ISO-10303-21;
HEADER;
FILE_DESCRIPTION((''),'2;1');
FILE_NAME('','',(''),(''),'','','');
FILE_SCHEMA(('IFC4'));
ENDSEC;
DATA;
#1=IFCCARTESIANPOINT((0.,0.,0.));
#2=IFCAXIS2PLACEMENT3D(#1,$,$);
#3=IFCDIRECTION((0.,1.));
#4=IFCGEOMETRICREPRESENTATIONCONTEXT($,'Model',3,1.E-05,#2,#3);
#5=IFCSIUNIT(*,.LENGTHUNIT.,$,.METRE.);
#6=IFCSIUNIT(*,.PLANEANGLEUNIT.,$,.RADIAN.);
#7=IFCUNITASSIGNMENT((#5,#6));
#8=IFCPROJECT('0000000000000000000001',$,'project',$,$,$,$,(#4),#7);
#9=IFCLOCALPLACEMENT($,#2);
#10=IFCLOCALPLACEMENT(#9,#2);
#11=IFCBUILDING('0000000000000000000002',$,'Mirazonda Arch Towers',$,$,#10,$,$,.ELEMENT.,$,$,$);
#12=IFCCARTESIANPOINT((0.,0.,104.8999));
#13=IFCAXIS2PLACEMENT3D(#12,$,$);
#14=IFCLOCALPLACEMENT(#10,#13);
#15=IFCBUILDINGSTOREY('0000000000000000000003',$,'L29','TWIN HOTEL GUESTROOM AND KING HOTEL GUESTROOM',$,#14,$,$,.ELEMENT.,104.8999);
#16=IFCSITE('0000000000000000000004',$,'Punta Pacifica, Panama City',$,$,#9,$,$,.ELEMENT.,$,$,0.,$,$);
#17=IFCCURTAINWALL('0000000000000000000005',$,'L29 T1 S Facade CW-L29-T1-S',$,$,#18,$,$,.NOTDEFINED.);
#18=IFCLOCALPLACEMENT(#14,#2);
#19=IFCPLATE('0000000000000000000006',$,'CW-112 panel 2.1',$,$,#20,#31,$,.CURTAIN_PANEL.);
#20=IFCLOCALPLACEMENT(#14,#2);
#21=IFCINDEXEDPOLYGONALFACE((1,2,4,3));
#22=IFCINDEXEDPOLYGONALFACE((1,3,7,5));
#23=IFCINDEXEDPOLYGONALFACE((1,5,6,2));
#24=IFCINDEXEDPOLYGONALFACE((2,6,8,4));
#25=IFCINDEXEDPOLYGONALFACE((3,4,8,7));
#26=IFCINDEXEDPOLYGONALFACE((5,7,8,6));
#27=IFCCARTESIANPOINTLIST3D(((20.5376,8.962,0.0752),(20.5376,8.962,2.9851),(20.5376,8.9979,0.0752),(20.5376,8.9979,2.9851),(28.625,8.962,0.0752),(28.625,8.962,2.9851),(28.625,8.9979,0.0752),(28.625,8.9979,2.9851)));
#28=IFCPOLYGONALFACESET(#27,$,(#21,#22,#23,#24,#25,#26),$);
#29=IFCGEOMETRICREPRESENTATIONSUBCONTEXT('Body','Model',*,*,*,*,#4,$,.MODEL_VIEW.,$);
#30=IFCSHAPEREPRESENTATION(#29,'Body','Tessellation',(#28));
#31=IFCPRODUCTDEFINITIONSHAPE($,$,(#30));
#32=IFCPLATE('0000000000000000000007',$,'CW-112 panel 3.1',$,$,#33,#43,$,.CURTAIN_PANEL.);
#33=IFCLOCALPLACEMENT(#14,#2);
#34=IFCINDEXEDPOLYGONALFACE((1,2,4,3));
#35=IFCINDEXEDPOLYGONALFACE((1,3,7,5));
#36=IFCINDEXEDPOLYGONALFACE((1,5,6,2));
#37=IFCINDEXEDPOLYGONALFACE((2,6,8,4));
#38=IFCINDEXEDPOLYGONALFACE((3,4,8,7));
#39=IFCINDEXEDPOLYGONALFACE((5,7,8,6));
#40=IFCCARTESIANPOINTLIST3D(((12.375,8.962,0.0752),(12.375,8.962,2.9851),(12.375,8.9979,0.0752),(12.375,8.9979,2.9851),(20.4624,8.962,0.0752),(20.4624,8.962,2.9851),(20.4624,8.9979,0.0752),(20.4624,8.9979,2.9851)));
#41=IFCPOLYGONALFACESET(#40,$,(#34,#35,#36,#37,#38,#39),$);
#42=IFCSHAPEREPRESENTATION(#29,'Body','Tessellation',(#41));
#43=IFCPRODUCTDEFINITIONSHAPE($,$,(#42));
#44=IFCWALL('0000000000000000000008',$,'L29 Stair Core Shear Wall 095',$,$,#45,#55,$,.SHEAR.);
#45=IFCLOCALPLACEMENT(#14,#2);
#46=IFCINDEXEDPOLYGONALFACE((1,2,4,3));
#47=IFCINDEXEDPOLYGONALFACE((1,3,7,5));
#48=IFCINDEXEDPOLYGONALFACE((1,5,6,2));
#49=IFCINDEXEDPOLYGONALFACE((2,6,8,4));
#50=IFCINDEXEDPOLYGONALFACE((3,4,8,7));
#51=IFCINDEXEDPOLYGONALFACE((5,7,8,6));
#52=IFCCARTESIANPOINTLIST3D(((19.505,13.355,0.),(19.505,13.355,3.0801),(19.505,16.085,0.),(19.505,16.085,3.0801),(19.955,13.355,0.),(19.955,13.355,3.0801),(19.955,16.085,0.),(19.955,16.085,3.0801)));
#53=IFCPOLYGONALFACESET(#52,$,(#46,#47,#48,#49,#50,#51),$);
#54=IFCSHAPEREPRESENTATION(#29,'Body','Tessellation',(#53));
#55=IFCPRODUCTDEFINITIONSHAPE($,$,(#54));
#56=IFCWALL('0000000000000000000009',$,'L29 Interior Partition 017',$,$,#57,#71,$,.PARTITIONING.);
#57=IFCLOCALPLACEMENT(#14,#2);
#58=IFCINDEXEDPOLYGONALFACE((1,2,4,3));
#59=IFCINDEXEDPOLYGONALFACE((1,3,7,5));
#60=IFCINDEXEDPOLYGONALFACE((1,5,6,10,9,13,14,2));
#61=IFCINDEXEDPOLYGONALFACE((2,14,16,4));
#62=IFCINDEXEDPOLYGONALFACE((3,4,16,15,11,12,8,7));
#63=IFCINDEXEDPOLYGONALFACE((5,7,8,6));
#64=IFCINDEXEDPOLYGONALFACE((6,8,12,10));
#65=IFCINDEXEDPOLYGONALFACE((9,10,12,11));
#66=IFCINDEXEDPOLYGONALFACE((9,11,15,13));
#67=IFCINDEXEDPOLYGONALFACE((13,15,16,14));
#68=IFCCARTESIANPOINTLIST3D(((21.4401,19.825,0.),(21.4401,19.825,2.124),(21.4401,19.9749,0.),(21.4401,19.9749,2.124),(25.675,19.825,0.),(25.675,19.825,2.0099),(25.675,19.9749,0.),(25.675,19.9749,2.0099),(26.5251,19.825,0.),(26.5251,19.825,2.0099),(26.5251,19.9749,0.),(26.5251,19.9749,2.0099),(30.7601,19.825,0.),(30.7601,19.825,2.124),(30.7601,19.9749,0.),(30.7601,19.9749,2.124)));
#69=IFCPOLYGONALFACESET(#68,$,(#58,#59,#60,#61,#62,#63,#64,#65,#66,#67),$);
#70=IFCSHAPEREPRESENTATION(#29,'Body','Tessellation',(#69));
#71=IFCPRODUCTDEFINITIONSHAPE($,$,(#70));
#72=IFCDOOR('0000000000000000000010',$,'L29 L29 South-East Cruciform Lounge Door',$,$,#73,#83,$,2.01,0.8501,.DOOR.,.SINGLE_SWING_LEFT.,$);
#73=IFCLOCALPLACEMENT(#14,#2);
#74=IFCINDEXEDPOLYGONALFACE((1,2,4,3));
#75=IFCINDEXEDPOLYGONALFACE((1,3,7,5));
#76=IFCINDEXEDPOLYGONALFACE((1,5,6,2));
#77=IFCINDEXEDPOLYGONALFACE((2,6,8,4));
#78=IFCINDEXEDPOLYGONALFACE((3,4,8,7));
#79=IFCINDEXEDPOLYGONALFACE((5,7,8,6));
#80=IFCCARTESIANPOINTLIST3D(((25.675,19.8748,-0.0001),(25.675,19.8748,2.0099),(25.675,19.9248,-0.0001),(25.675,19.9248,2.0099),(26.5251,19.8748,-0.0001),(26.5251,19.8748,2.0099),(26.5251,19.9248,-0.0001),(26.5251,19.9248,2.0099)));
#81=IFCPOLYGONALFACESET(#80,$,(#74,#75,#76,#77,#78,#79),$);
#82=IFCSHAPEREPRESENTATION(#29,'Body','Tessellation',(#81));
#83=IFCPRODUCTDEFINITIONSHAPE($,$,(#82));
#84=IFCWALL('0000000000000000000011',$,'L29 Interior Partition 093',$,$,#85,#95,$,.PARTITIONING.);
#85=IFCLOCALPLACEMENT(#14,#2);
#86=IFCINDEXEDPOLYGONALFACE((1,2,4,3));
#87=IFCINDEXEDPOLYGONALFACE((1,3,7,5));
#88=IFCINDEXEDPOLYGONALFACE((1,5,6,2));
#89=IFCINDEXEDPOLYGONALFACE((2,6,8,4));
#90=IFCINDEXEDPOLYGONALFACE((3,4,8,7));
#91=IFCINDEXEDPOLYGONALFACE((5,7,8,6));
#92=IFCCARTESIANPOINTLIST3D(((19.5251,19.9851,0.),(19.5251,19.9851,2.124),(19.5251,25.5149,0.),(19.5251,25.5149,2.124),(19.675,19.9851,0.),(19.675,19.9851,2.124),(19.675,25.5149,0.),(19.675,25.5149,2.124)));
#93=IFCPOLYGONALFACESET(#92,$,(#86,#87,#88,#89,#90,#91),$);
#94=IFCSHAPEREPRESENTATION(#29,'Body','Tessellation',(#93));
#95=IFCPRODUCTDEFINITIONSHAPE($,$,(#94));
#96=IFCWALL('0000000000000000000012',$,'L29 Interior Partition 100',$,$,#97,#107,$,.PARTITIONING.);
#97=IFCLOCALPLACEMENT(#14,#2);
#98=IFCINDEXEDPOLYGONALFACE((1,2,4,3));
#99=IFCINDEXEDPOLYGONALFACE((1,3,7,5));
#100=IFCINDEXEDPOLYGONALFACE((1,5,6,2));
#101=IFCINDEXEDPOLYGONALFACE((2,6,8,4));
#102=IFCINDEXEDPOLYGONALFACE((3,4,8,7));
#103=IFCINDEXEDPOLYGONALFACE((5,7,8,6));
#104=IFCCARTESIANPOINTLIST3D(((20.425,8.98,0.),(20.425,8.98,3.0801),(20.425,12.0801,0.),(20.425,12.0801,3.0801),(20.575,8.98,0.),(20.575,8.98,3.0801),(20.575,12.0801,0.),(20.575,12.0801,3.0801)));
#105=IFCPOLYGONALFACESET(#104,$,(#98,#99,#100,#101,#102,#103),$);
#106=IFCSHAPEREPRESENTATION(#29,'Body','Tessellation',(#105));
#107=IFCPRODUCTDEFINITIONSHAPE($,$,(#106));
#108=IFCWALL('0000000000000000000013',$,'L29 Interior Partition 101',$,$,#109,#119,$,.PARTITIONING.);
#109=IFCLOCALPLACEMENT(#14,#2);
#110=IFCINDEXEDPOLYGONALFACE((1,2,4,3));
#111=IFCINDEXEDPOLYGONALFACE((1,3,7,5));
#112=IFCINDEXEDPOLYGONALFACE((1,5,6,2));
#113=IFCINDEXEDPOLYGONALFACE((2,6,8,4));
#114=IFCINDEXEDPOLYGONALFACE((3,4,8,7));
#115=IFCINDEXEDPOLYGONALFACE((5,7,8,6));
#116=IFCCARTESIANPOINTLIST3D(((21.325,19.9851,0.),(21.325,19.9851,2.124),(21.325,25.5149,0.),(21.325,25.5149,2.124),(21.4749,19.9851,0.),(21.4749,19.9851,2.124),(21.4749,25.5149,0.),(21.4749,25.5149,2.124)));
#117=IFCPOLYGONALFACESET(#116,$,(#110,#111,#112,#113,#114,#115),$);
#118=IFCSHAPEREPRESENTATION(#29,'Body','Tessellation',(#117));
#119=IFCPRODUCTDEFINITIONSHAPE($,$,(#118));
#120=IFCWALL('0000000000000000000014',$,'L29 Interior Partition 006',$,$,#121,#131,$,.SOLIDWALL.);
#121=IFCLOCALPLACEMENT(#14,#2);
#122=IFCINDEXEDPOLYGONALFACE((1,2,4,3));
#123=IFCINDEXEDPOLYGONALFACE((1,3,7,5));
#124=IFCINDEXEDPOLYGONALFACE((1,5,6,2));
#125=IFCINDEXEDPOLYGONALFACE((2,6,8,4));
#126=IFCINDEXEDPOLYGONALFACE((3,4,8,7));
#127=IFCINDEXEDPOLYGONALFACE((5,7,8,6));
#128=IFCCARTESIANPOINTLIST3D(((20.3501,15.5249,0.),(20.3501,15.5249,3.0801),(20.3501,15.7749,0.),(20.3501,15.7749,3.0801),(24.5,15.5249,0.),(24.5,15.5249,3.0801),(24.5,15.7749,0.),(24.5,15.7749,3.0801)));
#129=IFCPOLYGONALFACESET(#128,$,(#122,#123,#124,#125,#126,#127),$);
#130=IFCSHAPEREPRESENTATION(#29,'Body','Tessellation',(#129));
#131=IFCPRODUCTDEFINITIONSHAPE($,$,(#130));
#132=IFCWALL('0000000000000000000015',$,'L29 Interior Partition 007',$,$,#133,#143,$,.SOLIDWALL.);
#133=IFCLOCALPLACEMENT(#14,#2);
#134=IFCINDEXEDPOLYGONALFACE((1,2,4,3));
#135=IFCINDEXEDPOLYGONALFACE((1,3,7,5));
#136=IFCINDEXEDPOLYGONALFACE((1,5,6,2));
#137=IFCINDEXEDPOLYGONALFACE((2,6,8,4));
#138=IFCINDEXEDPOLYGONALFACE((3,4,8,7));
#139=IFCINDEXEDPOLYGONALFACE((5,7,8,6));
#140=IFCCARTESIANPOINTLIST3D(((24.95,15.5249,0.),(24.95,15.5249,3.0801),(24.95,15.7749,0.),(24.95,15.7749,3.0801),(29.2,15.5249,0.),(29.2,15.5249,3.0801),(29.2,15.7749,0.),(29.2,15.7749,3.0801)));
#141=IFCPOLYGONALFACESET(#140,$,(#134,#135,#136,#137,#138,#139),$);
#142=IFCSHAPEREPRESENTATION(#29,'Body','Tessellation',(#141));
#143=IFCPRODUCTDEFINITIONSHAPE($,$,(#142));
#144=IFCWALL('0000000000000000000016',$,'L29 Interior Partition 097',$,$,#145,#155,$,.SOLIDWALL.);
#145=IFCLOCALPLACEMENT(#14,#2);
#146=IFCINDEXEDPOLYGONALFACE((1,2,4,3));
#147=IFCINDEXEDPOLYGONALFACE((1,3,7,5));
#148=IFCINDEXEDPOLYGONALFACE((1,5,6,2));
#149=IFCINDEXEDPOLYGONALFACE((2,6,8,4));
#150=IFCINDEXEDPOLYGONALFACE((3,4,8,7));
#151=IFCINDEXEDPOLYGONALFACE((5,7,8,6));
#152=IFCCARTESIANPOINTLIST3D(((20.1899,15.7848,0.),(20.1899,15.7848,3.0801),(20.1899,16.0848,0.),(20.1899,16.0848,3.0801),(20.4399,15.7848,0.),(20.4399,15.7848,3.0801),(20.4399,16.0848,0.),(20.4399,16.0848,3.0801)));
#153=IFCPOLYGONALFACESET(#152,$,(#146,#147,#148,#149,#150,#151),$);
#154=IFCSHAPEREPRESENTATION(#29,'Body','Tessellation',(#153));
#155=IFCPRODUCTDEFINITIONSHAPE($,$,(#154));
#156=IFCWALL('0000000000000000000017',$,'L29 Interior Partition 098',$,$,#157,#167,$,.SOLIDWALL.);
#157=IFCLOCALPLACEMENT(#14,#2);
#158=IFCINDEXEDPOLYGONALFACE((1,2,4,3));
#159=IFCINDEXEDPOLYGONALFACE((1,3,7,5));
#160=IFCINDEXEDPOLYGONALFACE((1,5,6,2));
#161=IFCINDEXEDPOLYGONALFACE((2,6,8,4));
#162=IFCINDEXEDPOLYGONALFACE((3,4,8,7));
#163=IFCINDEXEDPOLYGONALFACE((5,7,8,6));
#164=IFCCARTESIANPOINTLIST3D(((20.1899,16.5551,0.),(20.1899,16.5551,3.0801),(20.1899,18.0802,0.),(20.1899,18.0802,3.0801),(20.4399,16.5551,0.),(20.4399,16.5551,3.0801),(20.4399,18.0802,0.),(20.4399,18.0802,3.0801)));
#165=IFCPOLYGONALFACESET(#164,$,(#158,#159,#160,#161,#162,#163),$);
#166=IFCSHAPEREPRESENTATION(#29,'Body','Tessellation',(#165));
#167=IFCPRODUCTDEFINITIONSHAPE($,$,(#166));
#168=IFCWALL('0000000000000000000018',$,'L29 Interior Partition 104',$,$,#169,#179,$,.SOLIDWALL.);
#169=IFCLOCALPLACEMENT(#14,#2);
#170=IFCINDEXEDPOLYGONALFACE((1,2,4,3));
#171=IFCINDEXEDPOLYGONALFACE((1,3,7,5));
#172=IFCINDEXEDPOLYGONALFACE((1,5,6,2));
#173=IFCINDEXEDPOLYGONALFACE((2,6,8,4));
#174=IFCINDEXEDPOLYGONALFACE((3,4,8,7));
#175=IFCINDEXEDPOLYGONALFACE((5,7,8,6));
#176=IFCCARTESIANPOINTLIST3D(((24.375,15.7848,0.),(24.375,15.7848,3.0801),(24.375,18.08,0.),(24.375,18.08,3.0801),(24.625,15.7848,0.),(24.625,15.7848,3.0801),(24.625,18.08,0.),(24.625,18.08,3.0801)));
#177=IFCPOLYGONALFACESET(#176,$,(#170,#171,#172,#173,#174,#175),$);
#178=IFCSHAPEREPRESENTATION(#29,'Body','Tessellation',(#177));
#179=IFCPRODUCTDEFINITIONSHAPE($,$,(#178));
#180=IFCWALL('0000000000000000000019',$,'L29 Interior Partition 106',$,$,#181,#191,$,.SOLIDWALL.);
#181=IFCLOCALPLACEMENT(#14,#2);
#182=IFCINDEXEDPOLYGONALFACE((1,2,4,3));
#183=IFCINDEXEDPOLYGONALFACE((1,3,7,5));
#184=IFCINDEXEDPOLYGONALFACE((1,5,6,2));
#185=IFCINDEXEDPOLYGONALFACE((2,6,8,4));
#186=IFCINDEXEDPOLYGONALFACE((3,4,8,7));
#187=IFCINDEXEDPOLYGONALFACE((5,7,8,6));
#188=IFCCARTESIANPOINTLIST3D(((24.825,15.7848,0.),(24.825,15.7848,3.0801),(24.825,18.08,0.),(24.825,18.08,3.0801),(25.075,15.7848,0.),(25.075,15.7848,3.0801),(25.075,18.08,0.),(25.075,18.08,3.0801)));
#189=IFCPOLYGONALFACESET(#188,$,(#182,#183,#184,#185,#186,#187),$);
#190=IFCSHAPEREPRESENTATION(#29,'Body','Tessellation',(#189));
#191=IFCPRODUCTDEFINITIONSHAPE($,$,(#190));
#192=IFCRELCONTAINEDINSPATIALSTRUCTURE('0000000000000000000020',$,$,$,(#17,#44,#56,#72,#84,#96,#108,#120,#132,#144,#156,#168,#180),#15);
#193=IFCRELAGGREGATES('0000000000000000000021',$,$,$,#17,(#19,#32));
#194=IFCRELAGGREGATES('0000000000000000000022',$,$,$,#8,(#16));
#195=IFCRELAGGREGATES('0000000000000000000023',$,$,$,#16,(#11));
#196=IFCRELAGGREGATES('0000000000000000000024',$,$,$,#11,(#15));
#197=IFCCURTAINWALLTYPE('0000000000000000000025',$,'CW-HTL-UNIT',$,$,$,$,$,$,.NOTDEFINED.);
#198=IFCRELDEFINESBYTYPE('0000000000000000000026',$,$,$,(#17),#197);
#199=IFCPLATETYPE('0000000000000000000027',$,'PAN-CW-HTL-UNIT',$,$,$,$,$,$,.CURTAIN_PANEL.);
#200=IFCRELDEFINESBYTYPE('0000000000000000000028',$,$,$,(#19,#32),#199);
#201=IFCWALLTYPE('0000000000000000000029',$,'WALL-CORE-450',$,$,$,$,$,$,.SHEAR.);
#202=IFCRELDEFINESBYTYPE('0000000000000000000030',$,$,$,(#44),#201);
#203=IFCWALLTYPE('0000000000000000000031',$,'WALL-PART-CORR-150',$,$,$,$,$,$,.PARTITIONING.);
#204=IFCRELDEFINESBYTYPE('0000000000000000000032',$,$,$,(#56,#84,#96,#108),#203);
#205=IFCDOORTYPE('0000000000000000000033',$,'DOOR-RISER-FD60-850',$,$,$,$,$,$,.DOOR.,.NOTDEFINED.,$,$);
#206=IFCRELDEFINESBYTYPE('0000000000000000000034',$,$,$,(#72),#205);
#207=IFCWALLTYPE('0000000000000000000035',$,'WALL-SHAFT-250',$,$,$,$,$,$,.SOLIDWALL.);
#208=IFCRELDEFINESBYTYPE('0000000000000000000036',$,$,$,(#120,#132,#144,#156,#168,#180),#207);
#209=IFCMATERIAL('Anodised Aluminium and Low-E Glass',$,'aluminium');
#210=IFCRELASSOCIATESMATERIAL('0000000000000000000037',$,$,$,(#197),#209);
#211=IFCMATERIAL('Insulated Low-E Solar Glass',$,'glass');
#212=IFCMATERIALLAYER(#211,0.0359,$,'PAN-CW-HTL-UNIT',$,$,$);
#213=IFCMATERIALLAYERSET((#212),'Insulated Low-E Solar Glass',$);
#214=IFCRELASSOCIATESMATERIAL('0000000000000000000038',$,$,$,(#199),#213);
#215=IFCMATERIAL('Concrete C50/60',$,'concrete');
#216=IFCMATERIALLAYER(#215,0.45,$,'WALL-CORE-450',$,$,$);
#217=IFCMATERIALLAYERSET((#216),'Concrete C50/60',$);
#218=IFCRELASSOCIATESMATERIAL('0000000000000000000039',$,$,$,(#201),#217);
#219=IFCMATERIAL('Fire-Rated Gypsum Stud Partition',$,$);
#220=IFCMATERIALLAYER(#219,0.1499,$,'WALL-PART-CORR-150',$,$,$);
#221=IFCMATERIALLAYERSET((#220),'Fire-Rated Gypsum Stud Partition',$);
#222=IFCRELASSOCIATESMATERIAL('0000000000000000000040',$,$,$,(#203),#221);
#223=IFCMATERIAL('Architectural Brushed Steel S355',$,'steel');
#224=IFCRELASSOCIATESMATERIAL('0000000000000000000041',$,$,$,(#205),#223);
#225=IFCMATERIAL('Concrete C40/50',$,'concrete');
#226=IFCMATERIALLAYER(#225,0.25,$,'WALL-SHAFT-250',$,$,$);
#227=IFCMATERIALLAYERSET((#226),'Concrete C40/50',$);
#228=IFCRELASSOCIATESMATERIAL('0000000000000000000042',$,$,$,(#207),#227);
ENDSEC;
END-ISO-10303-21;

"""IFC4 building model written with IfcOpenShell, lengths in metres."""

from ifc_helpers import new_model, si_unit, direction, frame, frame_2d, origin, origin_2d, place, context, subcontext, project, spatial, rectangle, extrude, material, layer, layer_set, type_object, element, fill, aggregate, save


model = new_model("IFC4")

# Units and contexts
model_context = context("Model", 3, precision=1e-05, world=origin(), true_north=direction((0.0, 1.0)))
body_context = subcontext(model_context, "Body", "Model", "MODEL_VIEW")
ifc_project = project(units=[si_unit("LENGTHUNIT", "METRE"), si_unit("PLANEANGLEUNIT", "RADIAN")], contexts=[model_context])

# Site, building, storey
site_placement = place(None, origin())
site = spatial("IfcSite", under=ifc_project, at=site_placement, Name="Punta Pacifica, Panama City", CompositionType="ELEMENT", RefElevation=0.0)
building_placement = place(site_placement, origin())
building = spatial("IfcBuilding", under=site, at=building_placement, Name="Mirazonda Arch Towers", CompositionType="ELEMENT")
storey_placement = place(building_placement, frame((0.0, 0.0, 104.8999)))
storey = spatial("IfcBuildingStorey", under=building, at=storey_placement, Name="L29", Description="TWIN HOTEL GUESTROOM AND KING HOTEL GUESTROOM", CompositionType="ELEMENT", Elevation=104.8999)

# Shared definitions
ifc_material_1 = material(Name="Concrete C50/60", Category="concrete")

# Curtain wall, plates
ifc_material_2 = material(Name="Anodised Aluminium and Low-E Glass", Category="aluminium")
curtain_wall_type = type_object("IfcCurtainWallType", Name="CW-HTL-UNIT", PredefinedType="NOTDEFINED", material=ifc_material_2)
curtain_wall_placement = place(storey_placement, origin())
curtain_wall = element("IfcCurtainWall", 1, at=curtain_wall_placement, inside=storey, type_object=curtain_wall_type, Name="L29 T1 S Facade CW-L29-T1-S", PredefinedType="NOTDEFINED")
ifc_material_3 = material(Name="Insulated Low-E Solar Glass", Category="glass")
ifc_layer_1 = layer(ifc_material_3, 0.0359, Name="PAN-CW-HTL-UNIT")
ifc_layer_set_1 = layer_set([ifc_layer_1], Name="Insulated Low-E Solar Glass")
plate_type = type_object("IfcPlateType", Name="PAN-CW-HTL-UNIT", PredefinedType="CURTAIN_PANEL", material=ifc_layer_set_1)
plate_1_placement = place(storey_placement, frame((24.5813, 8.98, 0.0752), z_axis=(0.0, 0.0, 1.0), x_axis=(-1.0, 0.0, 0.0)))
plate_1 = element("IfcPlate", 2, at=plate_1_placement, type_object=plate_type, Name="CW-112 panel 2.1", PredefinedType="CURTAIN_PANEL", context=body_context, shape_type="SweptSolid", body=[
    extrude(rectangle(XDim=8.0874, YDim=0.0359, at=origin_2d()), origin(), (0.0, 0.0, 1.0), 2.9099),
])
plate_2_placement = place(storey_placement, frame((16.4187, 8.98, 0.0752), z_axis=(0.0, 0.0, 1.0), x_axis=(-1.0, 0.0, 0.0)))
plate_2 = element("IfcPlate", 3, at=plate_2_placement, type_object=plate_type, Name="CW-112 panel 3.1", PredefinedType="CURTAIN_PANEL", context=body_context, shape_type="SweptSolid", body=[
    extrude(rectangle(XDim=8.0874, YDim=0.0359, at=origin_2d()), origin(), (0.0, 0.0, 1.0), 2.9099),
])
aggregate(curtain_wall, [plate_1, plate_2])

# Wall
ifc_layer_2 = layer(ifc_material_1, 0.45, Name="WALL-CORE-450")
ifc_layer_set_2 = layer_set([ifc_layer_2], Name="Concrete C50/60")
wall_type_1 = type_object("IfcWallType", Name="WALL-CORE-450", PredefinedType="SHEAR", material=ifc_layer_set_2)
wall_1_placement = place(storey_placement, frame((19.73, 13.355, 0.0), z_axis=(0.0, 0.0, 1.0), x_axis=(0.0, 1.0, 0.0)))
element("IfcWall", 4, at=wall_1_placement, inside=storey, type_object=wall_type_1, Name="L29 Stair Core Shear Wall 095", PredefinedType="SHEAR", context=body_context, shape_type="SweptSolid", body=[
    extrude(rectangle(XDim=2.73, YDim=0.45, at=frame_2d((1.365, 0.0))), origin(), (0.0, 0.0, 1.0), 3.0801),
])

# Wall, opening, door
ifc_material_4 = material(Name="Fire-Rated Gypsum Stud Partition")
ifc_layer_3 = layer(ifc_material_4, 0.1499, Name="WALL-PART-CORR-150")
ifc_layer_set_3 = layer_set([ifc_layer_3], Name="Fire-Rated Gypsum Stud Partition")
wall_type_2 = type_object("IfcWallType", Name="WALL-PART-CORR-150", PredefinedType="PARTITIONING", material=ifc_layer_set_3)
wall_2_placement = place(storey_placement, frame((21.4399, 19.8999, 0.0), z_axis=(0.0, 0.0, 1.0), x_axis=(1.0, 0.0, 0.0)))
wall_2 = element("IfcWall", 5, at=wall_2_placement, inside=storey, type_object=wall_type_2, Name="L29 Interior Partition 017", PredefinedType="PARTITIONING", context=body_context, shape_type="SweptSolid", body=[
    extrude(rectangle(XDim=9.3201, YDim=0.1499, at=frame_2d((4.6602, 0.0))), origin(), (0.0, 0.0, 1.0), 2.124),
])
opening_placement = place(wall_2_placement, frame((4.2351, 0.0, 0.0)))
opening = element("IfcOpeningElement", 6, at=opening_placement, cuts=wall_2, PredefinedType="OPENING", context=body_context, shape_type="SweptSolid", body=[
    extrude(rectangle(XDim=0.8501, YDim=2.01, at=frame_2d((0.425, 1.0049))), frame((0.0, 0.085, 0.0), z_axis=(0.0, -1.0, 0.0), x_axis=(1.0, 0.0, 0.0)), (0.0, 0.0, 1.0), 0.1699),
])
ifc_material_5 = material(Name="Architectural Brushed Steel S355", Category="steel")
door_type = type_object("IfcDoorType", Name="DOOR-RISER-FD60-850", OperationType="NOTDEFINED", PredefinedType="DOOR", material=ifc_material_5)
door_placement = place(opening_placement, origin())
door = element("IfcDoor", 7, at=door_placement, inside=storey, type_object=door_type, Name="L29 L29 South-East Cruciform Lounge Door", OperationType="SINGLE_SWING_LEFT", OverallHeight=2.01, OverallWidth=0.8501, PredefinedType="DOOR", context=body_context, shape_type="SweptSolid", body=[
    extrude(rectangle(XDim=0.8501, YDim=2.01, at=frame_2d((0.425, 1.0049))), frame((0.0, 0.0249, 0.0), z_axis=(0.0, -1.0, 0.0), x_axis=(1.0, 0.0, 0.0)), (0.0, 0.0, 1.0), 0.05),
])
fill(opening, door)

# Walls
wall_3_placement = place(storey_placement, frame((19.6001, 19.9851, 0.0), z_axis=(0.0, 0.0, 1.0), x_axis=(0.0, 1.0, 0.0)))
element("IfcWall", 8, at=wall_3_placement, inside=storey, type_object=wall_type_2, Name="L29 Interior Partition 093", PredefinedType="PARTITIONING", context=body_context, shape_type="SweptSolid", body=[
    extrude(rectangle(XDim=5.5298, YDim=0.1499, at=frame_2d((2.7649, 0.0))), origin(), (0.0, 0.0, 1.0), 2.124),
])
wall_4_placement = place(storey_placement, frame((20.5, 8.98, 0.0), z_axis=(0.0, 0.0, 1.0), x_axis=(0.0, 1.0, 0.0)))
element("IfcWall", 9, at=wall_4_placement, inside=storey, type_object=wall_type_2, Name="L29 Interior Partition 100", PredefinedType="PARTITIONING", context=body_context, shape_type="SweptSolid", body=[
    extrude(rectangle(XDim=3.1001, YDim=0.1499, at=frame_2d((1.55, 0.0))), origin(), (0.0, 0.0, 1.0), 3.0801),
])
wall_5_placement = place(storey_placement, frame((21.3999, 19.9851, 0.0), z_axis=(0.0, 0.0, 1.0), x_axis=(0.0, 1.0, 0.0)))
element("IfcWall", 10, at=wall_5_placement, inside=storey, type_object=wall_type_2, Name="L29 Interior Partition 101", PredefinedType="PARTITIONING", context=body_context, shape_type="SweptSolid", body=[
    extrude(rectangle(XDim=5.5298, YDim=0.1499, at=frame_2d((2.7649, 0.0))), origin(), (0.0, 0.0, 1.0), 2.124),
])
ifc_material_6 = material(Name="Concrete C40/50", Category="concrete")
ifc_layer_4 = layer(ifc_material_6, 0.25, Name="WALL-SHAFT-250")
ifc_layer_set_4 = layer_set([ifc_layer_4], Name="Concrete C40/50")
wall_type_3 = type_object("IfcWallType", Name="WALL-SHAFT-250", PredefinedType="SOLIDWALL", material=ifc_layer_set_4)
wall_6_placement = place(storey_placement, frame((20.3501, 15.6499, 0.0), z_axis=(0.0, 0.0, 1.0), x_axis=(1.0, 0.0, 0.0)))
element("IfcWall", 11, at=wall_6_placement, inside=storey, type_object=wall_type_3, Name="L29 Interior Partition 006", PredefinedType="SOLIDWALL", context=body_context, shape_type="SweptSolid", body=[
    extrude(rectangle(XDim=4.1499, YDim=0.25, at=frame_2d((2.075, 0.0))), origin(), (0.0, 0.0, 1.0), 3.0801),
])
wall_7_placement = place(storey_placement, frame((24.95, 15.6499, 0.0), z_axis=(0.0, 0.0, 1.0), x_axis=(1.0, 0.0, 0.0)))
element("IfcWall", 12, at=wall_7_placement, inside=storey, type_object=wall_type_3, Name="L29 Interior Partition 007", PredefinedType="SOLIDWALL", context=body_context, shape_type="SweptSolid", body=[
    extrude(rectangle(XDim=4.25, YDim=0.25, at=frame_2d((2.125, 0.0))), origin(), (0.0, 0.0, 1.0), 3.0801),
])
wall_8_placement = place(storey_placement, frame((20.3149, 15.7849, 0.0), z_axis=(0.0, 0.0, 1.0), x_axis=(0.0, 1.0, 0.0)))
element("IfcWall", 13, at=wall_8_placement, inside=storey, type_object=wall_type_3, Name="L29 Interior Partition 097", PredefinedType="SOLIDWALL", context=body_context, shape_type="SweptSolid", body=[
    extrude(rectangle(XDim=0.3, YDim=0.25, at=frame_2d((0.1499, 0.0))), origin(), (0.0, 0.0, 1.0), 3.0801),
])
wall_9_placement = place(storey_placement, frame((20.3149, 16.5549, 0.0), z_axis=(0.0, 0.0, 1.0), x_axis=(0.0, 1.0, 0.0)))
element("IfcWall", 14, at=wall_9_placement, inside=storey, type_object=wall_type_3, Name="L29 Interior Partition 098", PredefinedType="SOLIDWALL", context=body_context, shape_type="SweptSolid", body=[
    extrude(rectangle(XDim=1.5251, YDim=0.25, at=frame_2d((0.7627, 0.0))), origin(), (0.0, 0.0, 1.0), 3.0801),
])
for number, where, z_axis, x_axis, name in (
    (15, (24.5, 15.7849, 0.0), (0.0, 0.0, 1.0), (0.0, 1.0, 0.0), "L29 Interior Partition 104"),
    (16, (24.95, 15.7849, 0.0), (0.0, 0.0, 1.0), (0.0, 1.0, 0.0), "L29 Interior Partition 106"),
):
    element("IfcWall", number, at=place(storey_placement, frame(where, z_axis=z_axis, x_axis=x_axis)), inside=storey, type_object=wall_type_3, Name=name, PredefinedType="SOLIDWALL", context=body_context, shape_type="SweptSolid", body=[
        extrude(rectangle(XDim=2.2952, YDim=0.25, at=frame_2d((1.1475, 0.0))), origin(), (0.0, 0.0, 1.0), 3.0801),
    ])

save(model, "model.ifc")
